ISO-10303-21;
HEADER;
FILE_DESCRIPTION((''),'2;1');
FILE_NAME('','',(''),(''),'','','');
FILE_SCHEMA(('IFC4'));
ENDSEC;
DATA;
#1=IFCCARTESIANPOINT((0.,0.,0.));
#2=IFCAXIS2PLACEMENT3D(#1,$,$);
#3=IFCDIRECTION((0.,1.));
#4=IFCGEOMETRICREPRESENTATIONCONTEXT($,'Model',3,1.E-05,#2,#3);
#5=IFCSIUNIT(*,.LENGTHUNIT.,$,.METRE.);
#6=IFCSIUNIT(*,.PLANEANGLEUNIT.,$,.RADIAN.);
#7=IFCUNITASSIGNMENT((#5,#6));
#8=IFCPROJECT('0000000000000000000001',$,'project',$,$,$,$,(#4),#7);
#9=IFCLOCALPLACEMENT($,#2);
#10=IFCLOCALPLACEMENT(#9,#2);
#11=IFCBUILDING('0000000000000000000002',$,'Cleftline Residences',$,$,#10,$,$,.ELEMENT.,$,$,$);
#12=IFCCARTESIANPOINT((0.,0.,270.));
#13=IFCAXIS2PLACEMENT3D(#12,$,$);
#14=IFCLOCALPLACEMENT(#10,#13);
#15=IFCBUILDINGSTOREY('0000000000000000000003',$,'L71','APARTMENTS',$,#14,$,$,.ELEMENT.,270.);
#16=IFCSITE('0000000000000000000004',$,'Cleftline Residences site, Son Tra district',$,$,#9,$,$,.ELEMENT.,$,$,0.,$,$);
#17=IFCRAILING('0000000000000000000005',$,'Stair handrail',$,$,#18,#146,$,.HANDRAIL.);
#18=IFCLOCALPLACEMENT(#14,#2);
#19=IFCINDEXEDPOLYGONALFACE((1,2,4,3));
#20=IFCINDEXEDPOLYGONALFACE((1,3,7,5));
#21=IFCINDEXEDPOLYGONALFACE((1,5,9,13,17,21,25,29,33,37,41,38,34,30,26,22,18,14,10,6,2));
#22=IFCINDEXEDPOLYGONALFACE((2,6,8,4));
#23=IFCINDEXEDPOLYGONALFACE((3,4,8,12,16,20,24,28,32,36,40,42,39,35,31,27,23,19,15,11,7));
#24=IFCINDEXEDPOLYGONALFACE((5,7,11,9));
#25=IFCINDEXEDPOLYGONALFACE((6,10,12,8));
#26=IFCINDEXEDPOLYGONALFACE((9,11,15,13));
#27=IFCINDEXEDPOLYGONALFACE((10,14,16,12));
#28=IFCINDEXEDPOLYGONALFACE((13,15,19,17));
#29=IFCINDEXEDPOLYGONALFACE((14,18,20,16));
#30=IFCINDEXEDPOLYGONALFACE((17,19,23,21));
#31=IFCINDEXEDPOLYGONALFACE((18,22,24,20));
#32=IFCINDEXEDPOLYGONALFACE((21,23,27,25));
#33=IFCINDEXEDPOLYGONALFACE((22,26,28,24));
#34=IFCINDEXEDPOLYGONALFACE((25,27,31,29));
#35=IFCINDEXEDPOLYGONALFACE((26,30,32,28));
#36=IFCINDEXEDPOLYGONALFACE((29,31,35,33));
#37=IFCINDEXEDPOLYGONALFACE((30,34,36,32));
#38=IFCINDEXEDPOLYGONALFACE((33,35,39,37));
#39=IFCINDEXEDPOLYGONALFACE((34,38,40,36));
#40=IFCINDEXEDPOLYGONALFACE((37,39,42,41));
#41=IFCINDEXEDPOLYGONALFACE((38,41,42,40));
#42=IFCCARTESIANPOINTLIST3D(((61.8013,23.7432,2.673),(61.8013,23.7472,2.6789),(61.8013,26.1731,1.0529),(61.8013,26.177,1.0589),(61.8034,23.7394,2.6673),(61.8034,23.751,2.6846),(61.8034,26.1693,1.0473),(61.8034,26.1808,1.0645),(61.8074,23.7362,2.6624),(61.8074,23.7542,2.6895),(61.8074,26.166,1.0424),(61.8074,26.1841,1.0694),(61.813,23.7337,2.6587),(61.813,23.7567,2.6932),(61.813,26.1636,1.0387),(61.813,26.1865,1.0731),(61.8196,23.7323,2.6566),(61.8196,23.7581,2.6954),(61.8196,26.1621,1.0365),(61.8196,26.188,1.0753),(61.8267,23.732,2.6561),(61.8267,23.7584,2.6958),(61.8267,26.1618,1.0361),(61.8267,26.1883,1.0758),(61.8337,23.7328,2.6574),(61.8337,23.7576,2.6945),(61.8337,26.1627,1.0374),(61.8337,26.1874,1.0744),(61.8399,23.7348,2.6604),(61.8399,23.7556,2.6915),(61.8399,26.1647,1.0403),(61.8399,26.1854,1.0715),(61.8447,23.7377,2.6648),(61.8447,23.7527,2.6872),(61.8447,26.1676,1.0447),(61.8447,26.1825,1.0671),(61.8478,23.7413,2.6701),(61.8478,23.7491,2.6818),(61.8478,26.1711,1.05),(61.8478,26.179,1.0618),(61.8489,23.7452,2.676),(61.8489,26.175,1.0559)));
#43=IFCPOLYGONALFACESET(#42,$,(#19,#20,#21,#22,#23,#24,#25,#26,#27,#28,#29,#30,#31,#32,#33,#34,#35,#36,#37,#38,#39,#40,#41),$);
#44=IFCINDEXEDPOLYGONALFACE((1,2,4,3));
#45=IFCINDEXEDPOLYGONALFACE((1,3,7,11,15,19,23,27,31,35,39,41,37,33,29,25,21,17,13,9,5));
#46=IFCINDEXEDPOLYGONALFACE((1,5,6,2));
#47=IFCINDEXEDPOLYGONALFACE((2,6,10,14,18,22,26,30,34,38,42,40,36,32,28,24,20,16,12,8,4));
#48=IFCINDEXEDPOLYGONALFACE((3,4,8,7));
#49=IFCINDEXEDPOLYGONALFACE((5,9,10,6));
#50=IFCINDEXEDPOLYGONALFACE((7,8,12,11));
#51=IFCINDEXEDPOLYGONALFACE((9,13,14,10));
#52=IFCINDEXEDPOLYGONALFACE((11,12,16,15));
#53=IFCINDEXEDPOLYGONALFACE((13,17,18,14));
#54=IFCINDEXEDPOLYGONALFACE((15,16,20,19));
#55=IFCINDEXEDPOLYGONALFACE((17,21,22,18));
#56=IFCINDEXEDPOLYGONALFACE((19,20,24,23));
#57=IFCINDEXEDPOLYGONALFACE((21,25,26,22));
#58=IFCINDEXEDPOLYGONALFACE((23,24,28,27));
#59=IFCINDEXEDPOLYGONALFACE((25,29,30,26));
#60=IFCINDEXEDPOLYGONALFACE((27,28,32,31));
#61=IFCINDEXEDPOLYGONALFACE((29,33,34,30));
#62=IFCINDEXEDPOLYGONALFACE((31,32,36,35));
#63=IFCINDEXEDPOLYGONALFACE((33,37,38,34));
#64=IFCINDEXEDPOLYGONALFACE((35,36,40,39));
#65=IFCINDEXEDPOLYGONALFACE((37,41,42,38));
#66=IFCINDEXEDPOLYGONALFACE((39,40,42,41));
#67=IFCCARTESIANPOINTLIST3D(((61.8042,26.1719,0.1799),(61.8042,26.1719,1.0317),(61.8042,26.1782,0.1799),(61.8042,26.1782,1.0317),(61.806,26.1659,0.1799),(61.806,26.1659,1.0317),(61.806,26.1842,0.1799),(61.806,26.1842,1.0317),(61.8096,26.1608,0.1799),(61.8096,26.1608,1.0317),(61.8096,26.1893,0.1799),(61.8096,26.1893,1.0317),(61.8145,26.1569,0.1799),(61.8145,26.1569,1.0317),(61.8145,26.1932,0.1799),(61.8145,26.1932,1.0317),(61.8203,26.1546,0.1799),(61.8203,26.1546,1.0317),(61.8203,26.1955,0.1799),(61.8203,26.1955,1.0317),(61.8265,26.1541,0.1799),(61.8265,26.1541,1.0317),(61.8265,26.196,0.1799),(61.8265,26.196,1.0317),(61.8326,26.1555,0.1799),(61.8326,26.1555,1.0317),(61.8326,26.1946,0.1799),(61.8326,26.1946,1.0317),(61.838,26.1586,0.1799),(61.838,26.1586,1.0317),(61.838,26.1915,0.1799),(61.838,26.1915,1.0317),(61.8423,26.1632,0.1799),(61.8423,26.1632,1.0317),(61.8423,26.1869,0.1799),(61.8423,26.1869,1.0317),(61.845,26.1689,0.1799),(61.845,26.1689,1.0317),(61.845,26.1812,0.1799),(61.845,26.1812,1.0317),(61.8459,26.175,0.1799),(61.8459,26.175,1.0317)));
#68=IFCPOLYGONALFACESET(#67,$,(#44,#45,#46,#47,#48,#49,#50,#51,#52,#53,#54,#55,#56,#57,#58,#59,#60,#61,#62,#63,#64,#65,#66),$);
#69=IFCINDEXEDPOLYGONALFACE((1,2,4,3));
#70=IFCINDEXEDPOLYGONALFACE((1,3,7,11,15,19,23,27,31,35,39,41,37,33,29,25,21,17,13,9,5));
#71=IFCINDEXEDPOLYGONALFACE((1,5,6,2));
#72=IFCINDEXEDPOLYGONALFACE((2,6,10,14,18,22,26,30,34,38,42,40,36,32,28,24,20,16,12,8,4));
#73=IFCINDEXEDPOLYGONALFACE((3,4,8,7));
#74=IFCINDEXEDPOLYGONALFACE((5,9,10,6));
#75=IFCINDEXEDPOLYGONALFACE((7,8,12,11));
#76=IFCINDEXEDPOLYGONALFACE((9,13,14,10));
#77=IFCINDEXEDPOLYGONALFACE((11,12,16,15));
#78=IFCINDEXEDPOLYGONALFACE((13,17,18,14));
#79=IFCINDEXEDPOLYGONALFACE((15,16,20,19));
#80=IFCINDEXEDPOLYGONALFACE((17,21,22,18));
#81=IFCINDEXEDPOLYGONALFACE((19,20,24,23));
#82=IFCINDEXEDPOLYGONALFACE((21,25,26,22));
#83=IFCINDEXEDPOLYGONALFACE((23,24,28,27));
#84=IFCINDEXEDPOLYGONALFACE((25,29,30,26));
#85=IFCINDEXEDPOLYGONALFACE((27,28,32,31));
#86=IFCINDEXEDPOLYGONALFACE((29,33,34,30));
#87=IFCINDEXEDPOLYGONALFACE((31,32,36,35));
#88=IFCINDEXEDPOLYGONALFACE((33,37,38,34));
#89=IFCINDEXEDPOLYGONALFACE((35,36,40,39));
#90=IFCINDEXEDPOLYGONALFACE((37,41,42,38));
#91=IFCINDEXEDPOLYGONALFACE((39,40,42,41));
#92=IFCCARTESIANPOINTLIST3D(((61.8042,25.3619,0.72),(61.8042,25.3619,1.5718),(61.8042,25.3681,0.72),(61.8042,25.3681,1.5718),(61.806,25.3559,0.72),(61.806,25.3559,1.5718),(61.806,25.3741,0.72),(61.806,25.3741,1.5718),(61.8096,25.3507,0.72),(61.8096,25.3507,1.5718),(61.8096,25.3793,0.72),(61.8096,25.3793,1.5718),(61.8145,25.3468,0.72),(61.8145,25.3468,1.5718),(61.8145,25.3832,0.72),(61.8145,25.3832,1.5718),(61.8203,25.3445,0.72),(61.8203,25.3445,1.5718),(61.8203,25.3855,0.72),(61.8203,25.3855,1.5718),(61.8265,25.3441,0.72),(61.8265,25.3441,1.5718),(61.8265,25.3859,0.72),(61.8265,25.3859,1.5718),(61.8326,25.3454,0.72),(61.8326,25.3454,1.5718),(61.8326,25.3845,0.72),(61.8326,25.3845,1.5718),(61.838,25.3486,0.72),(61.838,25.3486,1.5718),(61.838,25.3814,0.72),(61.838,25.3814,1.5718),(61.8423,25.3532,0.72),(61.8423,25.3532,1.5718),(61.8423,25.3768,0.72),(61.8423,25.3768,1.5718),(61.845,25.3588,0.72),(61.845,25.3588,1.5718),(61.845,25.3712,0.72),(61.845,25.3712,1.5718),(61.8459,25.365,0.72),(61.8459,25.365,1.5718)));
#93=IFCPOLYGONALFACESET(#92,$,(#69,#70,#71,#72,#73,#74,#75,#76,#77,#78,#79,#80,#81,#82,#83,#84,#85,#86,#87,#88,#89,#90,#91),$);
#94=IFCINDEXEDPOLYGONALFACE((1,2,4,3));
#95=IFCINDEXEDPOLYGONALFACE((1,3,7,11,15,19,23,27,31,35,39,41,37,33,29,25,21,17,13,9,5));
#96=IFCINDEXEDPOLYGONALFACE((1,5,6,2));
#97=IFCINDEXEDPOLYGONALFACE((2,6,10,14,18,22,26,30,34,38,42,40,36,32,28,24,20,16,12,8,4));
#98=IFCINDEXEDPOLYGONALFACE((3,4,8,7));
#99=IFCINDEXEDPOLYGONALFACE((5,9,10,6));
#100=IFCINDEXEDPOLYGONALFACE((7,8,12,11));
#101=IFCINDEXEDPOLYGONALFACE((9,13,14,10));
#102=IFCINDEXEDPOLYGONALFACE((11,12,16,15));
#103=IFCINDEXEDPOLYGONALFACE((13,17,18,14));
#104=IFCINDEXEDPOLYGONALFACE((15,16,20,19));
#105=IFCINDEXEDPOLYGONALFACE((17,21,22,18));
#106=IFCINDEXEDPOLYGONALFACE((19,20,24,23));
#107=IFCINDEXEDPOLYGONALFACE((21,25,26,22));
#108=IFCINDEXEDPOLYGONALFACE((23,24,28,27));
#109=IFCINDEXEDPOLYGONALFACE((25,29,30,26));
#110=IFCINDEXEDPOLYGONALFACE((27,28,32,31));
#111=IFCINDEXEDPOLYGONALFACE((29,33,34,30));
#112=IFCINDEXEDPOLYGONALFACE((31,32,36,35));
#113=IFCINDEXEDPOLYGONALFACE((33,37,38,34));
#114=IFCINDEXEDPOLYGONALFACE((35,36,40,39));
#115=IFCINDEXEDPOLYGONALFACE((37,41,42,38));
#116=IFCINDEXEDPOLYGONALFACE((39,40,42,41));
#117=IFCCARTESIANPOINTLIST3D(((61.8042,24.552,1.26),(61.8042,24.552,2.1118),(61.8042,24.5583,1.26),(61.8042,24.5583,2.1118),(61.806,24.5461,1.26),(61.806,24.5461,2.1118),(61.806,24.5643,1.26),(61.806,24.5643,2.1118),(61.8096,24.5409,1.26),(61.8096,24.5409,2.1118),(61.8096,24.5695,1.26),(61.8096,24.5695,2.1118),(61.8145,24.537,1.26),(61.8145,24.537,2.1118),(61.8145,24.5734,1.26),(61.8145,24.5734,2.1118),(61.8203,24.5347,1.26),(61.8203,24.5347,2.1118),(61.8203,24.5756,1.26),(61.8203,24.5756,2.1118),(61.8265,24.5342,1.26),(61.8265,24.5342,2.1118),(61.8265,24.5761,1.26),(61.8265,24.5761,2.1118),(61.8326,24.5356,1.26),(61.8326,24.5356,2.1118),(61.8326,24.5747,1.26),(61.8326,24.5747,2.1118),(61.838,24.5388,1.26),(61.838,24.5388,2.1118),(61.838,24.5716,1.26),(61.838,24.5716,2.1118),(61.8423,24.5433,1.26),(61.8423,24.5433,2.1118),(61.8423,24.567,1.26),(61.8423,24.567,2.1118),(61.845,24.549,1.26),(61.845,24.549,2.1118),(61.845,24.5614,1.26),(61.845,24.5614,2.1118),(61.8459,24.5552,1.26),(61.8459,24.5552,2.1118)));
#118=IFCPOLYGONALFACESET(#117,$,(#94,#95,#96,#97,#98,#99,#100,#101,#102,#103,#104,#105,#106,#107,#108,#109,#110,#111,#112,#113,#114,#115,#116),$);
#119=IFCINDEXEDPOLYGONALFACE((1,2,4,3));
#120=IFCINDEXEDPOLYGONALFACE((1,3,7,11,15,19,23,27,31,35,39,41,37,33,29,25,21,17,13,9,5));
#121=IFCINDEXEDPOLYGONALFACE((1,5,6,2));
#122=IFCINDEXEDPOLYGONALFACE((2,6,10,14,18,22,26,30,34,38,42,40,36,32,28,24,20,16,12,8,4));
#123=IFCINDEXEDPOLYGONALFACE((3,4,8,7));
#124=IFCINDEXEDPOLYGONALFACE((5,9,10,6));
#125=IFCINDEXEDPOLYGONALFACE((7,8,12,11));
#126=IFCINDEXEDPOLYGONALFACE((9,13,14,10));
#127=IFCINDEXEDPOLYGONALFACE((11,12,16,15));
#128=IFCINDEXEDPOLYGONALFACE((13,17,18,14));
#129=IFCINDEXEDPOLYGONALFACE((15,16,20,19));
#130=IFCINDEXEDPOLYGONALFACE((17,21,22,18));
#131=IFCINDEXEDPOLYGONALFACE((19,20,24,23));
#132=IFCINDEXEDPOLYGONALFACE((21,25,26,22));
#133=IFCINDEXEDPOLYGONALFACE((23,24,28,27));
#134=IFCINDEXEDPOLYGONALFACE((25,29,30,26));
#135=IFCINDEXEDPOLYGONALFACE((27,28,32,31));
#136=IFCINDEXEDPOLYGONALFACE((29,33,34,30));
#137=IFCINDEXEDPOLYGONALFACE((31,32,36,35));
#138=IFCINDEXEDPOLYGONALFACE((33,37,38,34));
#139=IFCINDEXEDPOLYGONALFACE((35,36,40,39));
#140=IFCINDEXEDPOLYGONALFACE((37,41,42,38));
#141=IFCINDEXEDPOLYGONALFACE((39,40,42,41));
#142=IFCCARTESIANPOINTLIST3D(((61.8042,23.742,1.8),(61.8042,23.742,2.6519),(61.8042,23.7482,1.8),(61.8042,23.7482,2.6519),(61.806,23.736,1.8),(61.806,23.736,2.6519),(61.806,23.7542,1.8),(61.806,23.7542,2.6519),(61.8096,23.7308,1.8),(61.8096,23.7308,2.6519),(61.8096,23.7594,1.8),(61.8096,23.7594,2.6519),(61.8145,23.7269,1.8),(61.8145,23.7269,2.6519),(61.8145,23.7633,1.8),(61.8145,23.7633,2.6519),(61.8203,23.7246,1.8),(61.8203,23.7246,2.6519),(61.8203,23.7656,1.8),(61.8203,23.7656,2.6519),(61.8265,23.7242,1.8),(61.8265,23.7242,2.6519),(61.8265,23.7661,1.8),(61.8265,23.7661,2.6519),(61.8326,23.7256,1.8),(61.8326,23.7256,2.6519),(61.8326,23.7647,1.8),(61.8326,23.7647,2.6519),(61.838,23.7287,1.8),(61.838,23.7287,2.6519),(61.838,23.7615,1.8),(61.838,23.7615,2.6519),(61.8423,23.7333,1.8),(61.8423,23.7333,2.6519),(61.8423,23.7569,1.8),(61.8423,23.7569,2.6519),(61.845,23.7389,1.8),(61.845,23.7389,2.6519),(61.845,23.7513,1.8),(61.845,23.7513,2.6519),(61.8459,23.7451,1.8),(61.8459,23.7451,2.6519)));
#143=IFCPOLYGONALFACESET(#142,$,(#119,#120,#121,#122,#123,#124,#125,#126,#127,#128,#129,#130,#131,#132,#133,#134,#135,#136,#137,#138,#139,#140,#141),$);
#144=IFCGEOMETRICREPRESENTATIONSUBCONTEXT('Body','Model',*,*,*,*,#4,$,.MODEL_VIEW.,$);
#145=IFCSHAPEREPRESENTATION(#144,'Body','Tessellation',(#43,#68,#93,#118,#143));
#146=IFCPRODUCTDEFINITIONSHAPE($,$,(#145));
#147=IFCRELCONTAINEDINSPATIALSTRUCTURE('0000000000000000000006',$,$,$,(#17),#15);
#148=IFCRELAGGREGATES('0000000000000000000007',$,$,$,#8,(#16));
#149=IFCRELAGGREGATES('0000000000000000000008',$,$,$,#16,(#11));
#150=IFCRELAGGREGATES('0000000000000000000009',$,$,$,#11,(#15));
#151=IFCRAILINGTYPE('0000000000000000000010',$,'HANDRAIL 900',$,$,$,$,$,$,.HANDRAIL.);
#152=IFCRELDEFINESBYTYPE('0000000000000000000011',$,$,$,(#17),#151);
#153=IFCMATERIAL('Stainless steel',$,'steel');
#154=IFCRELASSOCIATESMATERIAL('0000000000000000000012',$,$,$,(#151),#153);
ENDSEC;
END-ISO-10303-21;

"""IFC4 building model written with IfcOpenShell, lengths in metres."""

from ifc_helpers import new_model, si_unit, direction, frame, origin, origin_2d, place, context, subcontext, project, spatial, circle, extrude, material, type_object, element, save


model = new_model("IFC4")

# Units and contexts
model_context = context("Model", 3, precision=1e-05, world=origin(), true_north=direction((0.0, 1.0)))
body_context = subcontext(model_context, "Body", "Model", "MODEL_VIEW")
ifc_project = project(units=[si_unit("LENGTHUNIT", "METRE"), si_unit("PLANEANGLEUNIT", "RADIAN")], contexts=[model_context])

# Site, building, storey
site_placement = place(None, origin())
site = spatial("IfcSite", under=ifc_project, at=site_placement, Name="Cleftline Residences site, Son Tra district", CompositionType="ELEMENT", RefElevation=0.0)
building_placement = place(site_placement, origin())
building = spatial("IfcBuilding", under=site, at=building_placement, Name="Cleftline Residences", CompositionType="ELEMENT")
storey_placement = place(building_placement, frame((0.0, 0.0, 270.0)))
storey = spatial("IfcBuildingStorey", under=building, at=storey_placement, Name="L71", Description="APARTMENTS", CompositionType="ELEMENT", Elevation=270.0)

# Railing
ifc_material_1 = material(Name="Stainless steel", Category="steel")
railing_type = type_object("IfcRailingType", Name="HANDRAIL 900", PredefinedType="HANDRAIL", material=ifc_material_1)
railing_placement = place(storey_placement, frame((61.825, 26.175, 0.1799)))
element("IfcRailing", 1, at=railing_placement, inside=storey, type_object=railing_type, Name="Stair handrail", PredefinedType="HANDRAIL", context=body_context, shape_type="SweptSolid", body=[
    extrude(circle(Radius=0.0239, at=origin_2d()), frame((0.0, 0.0, 0.876), z_axis=(0.0, -0.832025, 0.554739), x_axis=(1.0, 0.0, 0.0)), (0.0, 0.0, 1.0), 2.9204),
    extrude(circle(Radius=0.021, at=origin_2d()), origin(), (0.0, 0.0, 1.0), 0.8518),
    extrude(circle(Radius=0.021, at=origin_2d()), frame((0.0, -0.8101, 0.54)), (0.0, 0.0, 1.0), 0.8518),
    extrude(circle(Radius=0.021, at=origin_2d()), frame((0.0, -1.6199, 1.0801)), (0.0, 0.0, 1.0), 0.8518),
    extrude(circle(Radius=0.021, at=origin_2d()), frame((0.0, -2.4299, 1.6201)), (0.0, 0.0, 1.0), 0.8518),
])

save(model, "model.ifc")
